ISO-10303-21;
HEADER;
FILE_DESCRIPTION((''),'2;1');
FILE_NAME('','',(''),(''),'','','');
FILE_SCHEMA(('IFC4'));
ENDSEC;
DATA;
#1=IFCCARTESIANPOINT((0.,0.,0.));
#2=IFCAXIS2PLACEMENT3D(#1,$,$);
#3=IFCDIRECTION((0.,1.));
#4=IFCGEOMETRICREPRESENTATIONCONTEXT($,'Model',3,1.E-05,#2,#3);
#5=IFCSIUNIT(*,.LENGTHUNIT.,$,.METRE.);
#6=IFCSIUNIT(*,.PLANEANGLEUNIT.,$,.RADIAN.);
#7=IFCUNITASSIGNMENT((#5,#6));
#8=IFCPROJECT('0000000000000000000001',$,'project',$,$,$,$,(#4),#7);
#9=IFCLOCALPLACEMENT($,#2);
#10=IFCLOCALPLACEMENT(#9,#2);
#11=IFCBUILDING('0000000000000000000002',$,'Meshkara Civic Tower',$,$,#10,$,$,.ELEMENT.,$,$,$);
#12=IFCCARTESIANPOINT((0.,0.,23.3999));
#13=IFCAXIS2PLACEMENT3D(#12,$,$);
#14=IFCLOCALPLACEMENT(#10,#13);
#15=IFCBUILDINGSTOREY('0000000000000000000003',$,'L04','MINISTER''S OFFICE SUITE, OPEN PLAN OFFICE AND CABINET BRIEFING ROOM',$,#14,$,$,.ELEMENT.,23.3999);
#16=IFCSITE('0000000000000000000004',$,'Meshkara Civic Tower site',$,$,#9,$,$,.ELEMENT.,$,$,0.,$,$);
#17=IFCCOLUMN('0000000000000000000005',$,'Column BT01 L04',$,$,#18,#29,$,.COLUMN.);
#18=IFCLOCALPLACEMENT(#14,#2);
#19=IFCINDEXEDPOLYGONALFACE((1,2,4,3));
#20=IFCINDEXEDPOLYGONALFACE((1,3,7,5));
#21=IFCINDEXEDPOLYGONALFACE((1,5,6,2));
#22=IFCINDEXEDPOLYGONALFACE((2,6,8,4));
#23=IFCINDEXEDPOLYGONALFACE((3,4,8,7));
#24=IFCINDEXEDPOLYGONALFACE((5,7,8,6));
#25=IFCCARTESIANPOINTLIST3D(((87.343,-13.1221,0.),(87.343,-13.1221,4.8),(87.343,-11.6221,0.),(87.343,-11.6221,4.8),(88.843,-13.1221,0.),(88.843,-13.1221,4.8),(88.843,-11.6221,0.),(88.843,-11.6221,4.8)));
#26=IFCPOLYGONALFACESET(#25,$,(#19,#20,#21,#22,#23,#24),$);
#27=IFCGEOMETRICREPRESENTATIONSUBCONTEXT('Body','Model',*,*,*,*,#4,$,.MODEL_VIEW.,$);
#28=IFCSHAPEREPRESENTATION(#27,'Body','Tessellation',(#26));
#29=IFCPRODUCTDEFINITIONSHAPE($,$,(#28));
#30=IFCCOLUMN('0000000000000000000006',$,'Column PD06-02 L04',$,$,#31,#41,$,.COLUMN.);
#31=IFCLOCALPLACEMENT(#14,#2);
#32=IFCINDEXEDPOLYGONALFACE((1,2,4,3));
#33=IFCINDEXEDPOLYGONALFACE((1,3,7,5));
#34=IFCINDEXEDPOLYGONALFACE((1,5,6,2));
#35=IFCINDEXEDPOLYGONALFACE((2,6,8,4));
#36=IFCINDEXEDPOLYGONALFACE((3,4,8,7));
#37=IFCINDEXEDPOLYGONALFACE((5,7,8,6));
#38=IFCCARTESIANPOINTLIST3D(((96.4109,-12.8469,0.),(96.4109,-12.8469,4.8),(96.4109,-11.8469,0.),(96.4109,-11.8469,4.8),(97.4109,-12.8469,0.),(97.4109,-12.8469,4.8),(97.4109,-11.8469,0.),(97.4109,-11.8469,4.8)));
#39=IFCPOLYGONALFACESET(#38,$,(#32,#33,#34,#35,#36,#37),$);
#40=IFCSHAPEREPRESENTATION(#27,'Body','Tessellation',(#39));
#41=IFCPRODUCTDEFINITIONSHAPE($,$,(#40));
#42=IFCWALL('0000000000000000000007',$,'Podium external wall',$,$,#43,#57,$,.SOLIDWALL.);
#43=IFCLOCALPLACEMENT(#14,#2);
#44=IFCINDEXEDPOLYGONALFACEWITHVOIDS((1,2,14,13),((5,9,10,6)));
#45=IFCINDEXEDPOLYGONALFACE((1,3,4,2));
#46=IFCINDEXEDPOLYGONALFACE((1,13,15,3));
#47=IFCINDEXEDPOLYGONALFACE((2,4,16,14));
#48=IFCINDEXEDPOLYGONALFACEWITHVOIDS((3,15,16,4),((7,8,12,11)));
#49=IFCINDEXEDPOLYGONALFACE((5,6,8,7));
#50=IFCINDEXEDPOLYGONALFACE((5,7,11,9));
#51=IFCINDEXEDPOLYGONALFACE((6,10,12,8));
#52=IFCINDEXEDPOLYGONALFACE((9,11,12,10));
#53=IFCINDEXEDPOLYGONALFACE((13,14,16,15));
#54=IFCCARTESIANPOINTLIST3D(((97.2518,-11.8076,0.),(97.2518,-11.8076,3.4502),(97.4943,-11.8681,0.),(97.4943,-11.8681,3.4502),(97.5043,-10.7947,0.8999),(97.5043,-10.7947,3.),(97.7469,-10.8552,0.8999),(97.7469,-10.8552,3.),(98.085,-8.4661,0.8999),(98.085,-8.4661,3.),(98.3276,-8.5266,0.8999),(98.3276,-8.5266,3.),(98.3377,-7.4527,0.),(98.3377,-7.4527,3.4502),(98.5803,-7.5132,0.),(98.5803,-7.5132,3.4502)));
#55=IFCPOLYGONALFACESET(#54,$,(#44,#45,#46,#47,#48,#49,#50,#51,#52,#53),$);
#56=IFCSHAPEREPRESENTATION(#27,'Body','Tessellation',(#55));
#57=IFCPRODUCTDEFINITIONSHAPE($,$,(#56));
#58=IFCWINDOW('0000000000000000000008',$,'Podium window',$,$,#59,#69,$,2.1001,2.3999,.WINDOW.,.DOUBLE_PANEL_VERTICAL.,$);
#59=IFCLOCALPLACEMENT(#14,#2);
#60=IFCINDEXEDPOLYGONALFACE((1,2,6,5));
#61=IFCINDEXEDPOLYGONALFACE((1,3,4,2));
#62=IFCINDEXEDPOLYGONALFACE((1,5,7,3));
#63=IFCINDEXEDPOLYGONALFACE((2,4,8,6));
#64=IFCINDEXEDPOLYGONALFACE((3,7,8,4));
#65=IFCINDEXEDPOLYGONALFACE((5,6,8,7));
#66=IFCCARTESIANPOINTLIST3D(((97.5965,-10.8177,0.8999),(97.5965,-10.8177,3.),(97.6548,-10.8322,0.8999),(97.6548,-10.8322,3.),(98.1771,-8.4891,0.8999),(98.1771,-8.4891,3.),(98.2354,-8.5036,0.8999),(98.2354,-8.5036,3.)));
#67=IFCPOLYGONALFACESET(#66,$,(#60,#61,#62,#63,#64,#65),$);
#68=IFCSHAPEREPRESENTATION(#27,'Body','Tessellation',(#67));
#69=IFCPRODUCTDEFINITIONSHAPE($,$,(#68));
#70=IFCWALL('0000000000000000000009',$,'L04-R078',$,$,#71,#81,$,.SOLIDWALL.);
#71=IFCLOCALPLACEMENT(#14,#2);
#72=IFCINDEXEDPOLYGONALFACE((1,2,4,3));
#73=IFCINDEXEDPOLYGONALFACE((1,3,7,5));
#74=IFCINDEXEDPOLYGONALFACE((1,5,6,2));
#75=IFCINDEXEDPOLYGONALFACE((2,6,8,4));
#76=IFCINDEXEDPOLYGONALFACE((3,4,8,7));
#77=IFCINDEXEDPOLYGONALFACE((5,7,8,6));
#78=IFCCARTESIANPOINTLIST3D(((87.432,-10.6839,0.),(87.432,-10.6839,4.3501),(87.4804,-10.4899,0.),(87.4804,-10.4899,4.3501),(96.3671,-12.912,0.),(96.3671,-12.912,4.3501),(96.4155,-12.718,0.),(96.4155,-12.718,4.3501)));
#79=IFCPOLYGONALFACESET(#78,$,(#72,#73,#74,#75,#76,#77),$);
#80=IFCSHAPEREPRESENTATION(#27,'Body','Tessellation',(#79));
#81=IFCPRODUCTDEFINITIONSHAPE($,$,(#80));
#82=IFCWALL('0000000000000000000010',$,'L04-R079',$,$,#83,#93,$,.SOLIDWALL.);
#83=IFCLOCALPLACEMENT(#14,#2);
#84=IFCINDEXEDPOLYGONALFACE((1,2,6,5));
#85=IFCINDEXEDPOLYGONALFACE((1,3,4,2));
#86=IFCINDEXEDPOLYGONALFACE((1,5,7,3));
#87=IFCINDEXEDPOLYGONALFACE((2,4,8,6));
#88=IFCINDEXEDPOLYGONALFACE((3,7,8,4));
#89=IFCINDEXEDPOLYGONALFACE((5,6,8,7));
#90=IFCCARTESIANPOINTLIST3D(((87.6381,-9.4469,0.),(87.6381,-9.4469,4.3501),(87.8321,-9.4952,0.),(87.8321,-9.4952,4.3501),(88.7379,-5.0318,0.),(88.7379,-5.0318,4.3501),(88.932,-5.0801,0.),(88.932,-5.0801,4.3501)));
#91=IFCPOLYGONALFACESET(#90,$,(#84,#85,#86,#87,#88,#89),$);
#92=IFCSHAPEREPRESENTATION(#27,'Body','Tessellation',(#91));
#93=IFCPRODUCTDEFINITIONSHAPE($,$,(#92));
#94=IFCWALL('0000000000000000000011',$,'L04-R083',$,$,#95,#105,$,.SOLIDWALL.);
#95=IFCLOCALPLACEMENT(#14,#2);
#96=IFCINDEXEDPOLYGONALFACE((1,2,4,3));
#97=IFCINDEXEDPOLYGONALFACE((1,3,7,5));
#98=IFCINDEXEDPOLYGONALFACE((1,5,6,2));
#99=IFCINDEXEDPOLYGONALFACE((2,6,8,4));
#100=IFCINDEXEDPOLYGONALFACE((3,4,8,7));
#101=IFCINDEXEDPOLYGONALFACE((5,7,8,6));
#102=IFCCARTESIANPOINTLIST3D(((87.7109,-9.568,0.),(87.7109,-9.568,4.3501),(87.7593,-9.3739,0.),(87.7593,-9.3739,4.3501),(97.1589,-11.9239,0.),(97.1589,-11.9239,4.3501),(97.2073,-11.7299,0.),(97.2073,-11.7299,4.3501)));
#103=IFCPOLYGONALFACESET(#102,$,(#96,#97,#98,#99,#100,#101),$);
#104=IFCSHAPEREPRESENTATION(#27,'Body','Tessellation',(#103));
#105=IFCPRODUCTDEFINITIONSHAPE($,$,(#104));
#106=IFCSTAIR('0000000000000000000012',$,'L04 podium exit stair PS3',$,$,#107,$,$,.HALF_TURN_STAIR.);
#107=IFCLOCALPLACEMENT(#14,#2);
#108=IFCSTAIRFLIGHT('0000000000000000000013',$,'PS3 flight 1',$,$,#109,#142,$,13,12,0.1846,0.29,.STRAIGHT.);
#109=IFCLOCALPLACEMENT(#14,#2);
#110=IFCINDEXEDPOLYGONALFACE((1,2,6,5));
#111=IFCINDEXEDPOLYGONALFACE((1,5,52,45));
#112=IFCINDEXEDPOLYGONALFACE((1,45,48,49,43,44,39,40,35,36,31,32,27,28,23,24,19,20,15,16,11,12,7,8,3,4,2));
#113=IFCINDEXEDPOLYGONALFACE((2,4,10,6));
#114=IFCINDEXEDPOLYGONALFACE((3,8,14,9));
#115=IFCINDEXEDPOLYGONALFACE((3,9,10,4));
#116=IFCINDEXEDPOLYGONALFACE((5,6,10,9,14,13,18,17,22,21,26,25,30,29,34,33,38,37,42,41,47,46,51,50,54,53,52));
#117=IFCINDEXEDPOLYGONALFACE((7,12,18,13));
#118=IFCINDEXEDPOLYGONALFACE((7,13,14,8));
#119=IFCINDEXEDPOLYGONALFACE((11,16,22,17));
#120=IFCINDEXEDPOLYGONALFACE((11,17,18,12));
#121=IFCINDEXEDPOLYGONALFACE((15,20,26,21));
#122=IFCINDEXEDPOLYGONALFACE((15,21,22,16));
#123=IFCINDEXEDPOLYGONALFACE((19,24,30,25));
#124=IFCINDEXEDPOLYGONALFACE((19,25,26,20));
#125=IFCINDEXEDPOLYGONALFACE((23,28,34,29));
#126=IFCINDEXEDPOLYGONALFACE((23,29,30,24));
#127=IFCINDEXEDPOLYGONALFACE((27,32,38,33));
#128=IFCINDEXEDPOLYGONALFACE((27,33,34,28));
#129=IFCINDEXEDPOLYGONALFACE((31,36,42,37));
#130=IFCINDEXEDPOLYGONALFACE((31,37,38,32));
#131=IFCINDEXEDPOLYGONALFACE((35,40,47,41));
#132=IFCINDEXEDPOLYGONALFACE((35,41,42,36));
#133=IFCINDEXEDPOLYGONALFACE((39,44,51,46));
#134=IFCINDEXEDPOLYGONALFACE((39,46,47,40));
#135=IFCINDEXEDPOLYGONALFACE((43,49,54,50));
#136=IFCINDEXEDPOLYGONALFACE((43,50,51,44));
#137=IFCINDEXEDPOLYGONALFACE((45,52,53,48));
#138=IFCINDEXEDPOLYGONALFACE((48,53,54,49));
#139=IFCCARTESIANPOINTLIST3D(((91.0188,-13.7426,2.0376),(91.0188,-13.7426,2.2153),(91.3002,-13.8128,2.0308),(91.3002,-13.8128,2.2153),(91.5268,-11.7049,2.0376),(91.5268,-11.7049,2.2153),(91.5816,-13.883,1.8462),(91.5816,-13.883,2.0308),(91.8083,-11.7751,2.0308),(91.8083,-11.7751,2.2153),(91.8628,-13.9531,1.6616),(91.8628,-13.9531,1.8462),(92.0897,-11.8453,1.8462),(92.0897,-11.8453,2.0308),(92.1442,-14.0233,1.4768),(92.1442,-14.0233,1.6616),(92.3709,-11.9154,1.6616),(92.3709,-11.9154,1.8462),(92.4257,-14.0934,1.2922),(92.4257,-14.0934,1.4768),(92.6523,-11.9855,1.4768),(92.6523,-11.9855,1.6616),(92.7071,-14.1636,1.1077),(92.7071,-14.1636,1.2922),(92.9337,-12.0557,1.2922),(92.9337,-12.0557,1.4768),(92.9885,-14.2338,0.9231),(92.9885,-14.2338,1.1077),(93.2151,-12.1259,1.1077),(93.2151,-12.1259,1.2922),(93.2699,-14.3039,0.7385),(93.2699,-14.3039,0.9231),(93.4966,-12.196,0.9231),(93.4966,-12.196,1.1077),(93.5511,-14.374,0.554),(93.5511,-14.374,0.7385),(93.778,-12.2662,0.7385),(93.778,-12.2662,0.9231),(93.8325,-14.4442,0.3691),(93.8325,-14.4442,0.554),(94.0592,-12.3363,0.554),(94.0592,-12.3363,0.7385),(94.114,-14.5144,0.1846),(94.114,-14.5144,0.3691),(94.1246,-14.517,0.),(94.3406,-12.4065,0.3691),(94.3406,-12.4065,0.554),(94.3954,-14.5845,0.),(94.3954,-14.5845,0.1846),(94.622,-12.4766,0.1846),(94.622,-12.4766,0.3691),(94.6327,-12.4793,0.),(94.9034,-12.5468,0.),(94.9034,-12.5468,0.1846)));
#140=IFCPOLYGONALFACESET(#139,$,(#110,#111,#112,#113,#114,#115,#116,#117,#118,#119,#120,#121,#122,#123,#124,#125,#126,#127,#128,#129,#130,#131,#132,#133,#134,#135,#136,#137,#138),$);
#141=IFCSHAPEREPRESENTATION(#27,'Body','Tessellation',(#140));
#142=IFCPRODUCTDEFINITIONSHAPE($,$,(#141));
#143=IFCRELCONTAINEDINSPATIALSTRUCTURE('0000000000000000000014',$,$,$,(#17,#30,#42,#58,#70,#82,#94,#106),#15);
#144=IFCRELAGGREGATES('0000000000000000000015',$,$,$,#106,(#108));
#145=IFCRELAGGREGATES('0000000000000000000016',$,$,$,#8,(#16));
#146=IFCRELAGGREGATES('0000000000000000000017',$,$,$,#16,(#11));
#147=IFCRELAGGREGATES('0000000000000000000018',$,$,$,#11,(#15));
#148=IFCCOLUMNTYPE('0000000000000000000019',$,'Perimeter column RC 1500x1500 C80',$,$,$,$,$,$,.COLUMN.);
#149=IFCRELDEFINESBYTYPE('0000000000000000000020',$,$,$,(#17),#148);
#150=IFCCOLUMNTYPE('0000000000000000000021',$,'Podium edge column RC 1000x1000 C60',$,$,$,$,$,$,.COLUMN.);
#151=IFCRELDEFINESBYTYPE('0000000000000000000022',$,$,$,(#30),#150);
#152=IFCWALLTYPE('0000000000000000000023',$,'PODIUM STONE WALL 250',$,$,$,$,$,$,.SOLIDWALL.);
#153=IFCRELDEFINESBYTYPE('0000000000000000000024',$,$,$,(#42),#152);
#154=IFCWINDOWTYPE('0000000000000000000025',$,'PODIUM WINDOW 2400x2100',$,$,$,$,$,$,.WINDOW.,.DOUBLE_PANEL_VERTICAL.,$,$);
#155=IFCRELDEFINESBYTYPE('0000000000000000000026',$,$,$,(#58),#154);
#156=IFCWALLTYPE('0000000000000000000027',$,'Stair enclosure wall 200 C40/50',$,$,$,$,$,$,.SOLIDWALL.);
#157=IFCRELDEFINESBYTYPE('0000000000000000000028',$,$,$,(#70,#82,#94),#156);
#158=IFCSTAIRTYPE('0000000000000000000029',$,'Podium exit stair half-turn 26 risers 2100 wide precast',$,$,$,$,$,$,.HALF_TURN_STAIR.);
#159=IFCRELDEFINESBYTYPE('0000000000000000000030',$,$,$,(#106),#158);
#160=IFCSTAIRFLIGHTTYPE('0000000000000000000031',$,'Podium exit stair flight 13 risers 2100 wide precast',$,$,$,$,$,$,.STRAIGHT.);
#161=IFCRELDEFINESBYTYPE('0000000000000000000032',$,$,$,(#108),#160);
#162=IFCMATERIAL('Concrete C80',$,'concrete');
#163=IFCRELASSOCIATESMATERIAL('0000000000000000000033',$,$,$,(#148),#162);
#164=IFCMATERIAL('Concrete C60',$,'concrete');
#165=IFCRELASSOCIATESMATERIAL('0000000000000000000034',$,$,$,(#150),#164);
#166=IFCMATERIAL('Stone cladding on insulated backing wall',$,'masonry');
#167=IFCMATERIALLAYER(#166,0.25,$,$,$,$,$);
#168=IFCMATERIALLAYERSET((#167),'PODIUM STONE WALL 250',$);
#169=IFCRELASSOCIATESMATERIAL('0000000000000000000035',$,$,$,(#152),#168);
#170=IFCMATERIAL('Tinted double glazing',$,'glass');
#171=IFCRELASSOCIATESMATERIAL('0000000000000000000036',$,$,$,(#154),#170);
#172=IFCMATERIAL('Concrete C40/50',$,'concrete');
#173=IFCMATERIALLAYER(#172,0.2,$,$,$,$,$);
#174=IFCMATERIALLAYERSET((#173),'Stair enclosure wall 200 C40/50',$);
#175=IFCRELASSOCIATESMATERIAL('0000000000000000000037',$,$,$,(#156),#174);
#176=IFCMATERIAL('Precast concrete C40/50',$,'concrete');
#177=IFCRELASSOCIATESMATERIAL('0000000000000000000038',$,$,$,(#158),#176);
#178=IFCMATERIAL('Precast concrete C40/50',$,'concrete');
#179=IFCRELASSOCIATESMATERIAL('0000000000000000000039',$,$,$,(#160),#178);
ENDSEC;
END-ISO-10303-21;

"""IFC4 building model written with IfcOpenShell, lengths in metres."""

from ifc_helpers import new_model, si_unit, direction, frame, frame_2d, origin, origin_2d, place, context, subcontext, project, spatial, polyline, rectangle, outline, extrude, material, layer, layer_set, material_profile, profile_set, type_object, element, fill, aggregate, save


model = new_model("IFC4")

# Units and contexts
model_context = context("Model", 3, precision=1e-05, world=origin(), true_north=direction((0.0, 1.0)))
body_context = subcontext(model_context, "Body", "Model", "MODEL_VIEW")
ifc_project = project(units=[si_unit("LENGTHUNIT", "METRE"), si_unit("PLANEANGLEUNIT", "RADIAN")], contexts=[model_context])

# Site, building, storey
site_placement = place(None, origin())
site = spatial("IfcSite", under=ifc_project, at=site_placement, Name="Meshkara Civic Tower site", CompositionType="ELEMENT", RefElevation=0.0)
building_placement = place(site_placement, origin())
building = spatial("IfcBuilding", under=site, at=building_placement, Name="Meshkara Civic Tower", CompositionType="ELEMENT")
storey_placement = place(building_placement, frame((0.0, 0.0, 23.3999)))
storey = spatial("IfcBuildingStorey", under=building, at=storey_placement, Name="L04", Description="MINISTER'S OFFICE SUITE, OPEN PLAN OFFICE AND CABINET BRIEFING ROOM", CompositionType="ELEMENT", Elevation=23.3999)

# Columns
ifc_material_1 = material(Name="Concrete C80", Category="concrete")
ifc_material_profile_1 = material_profile(ifc_material_1, rectangle(XDim=1.5, YDim=1.5, at=origin_2d()))
ifc_profile_set_1 = profile_set([ifc_material_profile_1], Name="Concrete C80")
column_type_1 = type_object("IfcColumnType", Name="Perimeter column RC 1500x1500 C80", PredefinedType="COLUMN", material=ifc_profile_set_1)
column_1_placement = place(storey_placement, frame((88.093, -12.3721, 0.0), z_axis=(0.0, 0.0, 1.0), x_axis=(1.0, 0.0, 0.0)))
element("IfcColumn", 1, at=column_1_placement, inside=storey, type_object=column_type_1, Name="Column BT01 L04", PredefinedType="COLUMN", context=body_context, shape_type="SweptSolid", body=[
    extrude(rectangle(XDim=1.5, YDim=1.5, at=origin_2d()), origin(), (0.0, 0.0, 1.0), 4.8),
])
ifc_material_2 = material(Name="Concrete C60", Category="concrete")
ifc_material_profile_2 = material_profile(ifc_material_2, rectangle(XDim=1.0, YDim=1.0, at=origin_2d()))
ifc_profile_set_2 = profile_set([ifc_material_profile_2], Name="Concrete C60")
column_type_2 = type_object("IfcColumnType", Name="Podium edge column RC 1000x1000 C60", PredefinedType="COLUMN", material=ifc_profile_set_2)
column_2_placement = place(storey_placement, frame((96.9109, -12.3469, 0.0), z_axis=(0.0, 0.0, 1.0), x_axis=(1.0, 0.0, 0.0)))
element("IfcColumn", 2, at=column_2_placement, inside=storey, type_object=column_type_2, Name="Column PD06-02 L04", PredefinedType="COLUMN", context=body_context, shape_type="SweptSolid", body=[
    extrude(rectangle(XDim=1.0, YDim=1.0, at=origin_2d()), origin(), (0.0, 0.0, 1.0), 4.8),
])

# Wall, opening, window
ifc_material_3 = material(Name="Stone cladding on insulated backing wall", Category="masonry")
ifc_layer_1 = layer(ifc_material_3, 0.25)
ifc_layer_set_1 = layer_set([ifc_layer_1], Name="PODIUM STONE WALL 250")
wall_type_1 = type_object("IfcWallType", Name="PODIUM STONE WALL 250", PredefinedType="SOLIDWALL", material=ifc_layer_set_1)
wall_1_placement = place(storey_placement, frame((97.373, -11.8379, 0.0), z_axis=(0.0, 0.0, 1.0), x_axis=(0.241947, 0.97029, 0.0)))
wall_1 = element("IfcWall", 3, at=wall_1_placement, inside=storey, type_object=wall_type_1, Name="Podium external wall", PredefinedType="SOLIDWALL", context=body_context, shape_type="SweptSolid", body=[
    extrude(rectangle(XDim=4.4883, YDim=0.25, at=frame_2d((2.2441, 0.0))), origin(), (0.0, 0.0, 1.0), 3.4502),
])
opening_placement = place(wall_1_placement, frame((1.0439, 0.0, 0.8999)))
opening = element("IfcOpeningElement", 4, at=opening_placement, cuts=wall_1, PredefinedType="OPENING", context=body_context, shape_type="SweptSolid", body=[
    extrude(rectangle(XDim=2.3999, YDim=2.1001, at=frame_2d((1.2, 1.05))), frame((0.0, 0.135, 0.0), z_axis=(0.0, -1.0, 0.0), x_axis=(1.0, 0.0, 0.0)), (0.0, 0.0, 1.0), 0.27),
])
ifc_material_4 = material(Name="Tinted double glazing", Category="glass")
window_type = type_object("IfcWindowType", Name="PODIUM WINDOW 2400x2100", PartitioningType="DOUBLE_PANEL_VERTICAL", PredefinedType="WINDOW", material=ifc_material_4)
window_placement = place(opening_placement, origin())
window = element("IfcWindow", 5, at=window_placement, inside=storey, type_object=window_type, Name="Podium window", OverallHeight=2.1001, OverallWidth=2.3999, PartitioningType="DOUBLE_PANEL_VERTICAL", PredefinedType="WINDOW", context=body_context, shape_type="SweptSolid", body=[
    extrude(rectangle(XDim=2.3999, YDim=2.1001, at=frame_2d((1.2, 1.05))), frame((0.0, 0.03, 0.0), z_axis=(0.0, -1.0, 0.0), x_axis=(1.0, 0.0, 0.0)), (0.0, 0.0, 1.0), 0.0601),
])
fill(opening, window)

# Walls
ifc_material_5 = material(Name="Concrete C40/50", Category="concrete")
ifc_layer_2 = layer(ifc_material_5, 0.2)
ifc_layer_set_2 = layer_set([ifc_layer_2], Name="Stair enclosure wall 200 C40/50")
wall_type_2 = type_object("IfcWallType", Name="Stair enclosure wall 200 C40/50", PredefinedType="SOLIDWALL", material=ifc_layer_set_2)
wall_2_placement = place(storey_placement, frame((87.4561, -10.5869, 0.0), z_axis=(0.0, 0.0, 1.0), x_axis=(0.970289, -0.241949, 0.0)))
element("IfcWall", 6, at=wall_2_placement, inside=storey, type_object=wall_type_2, Name="L04-R078", PredefinedType="SOLIDWALL", context=body_context, shape_type="SweptSolid", body=[
    extrude(rectangle(XDim=9.2087, YDim=0.2, at=frame_2d((4.6045, 0.0))), origin(), (0.0, 0.0, 1.0), 4.3501),
])
wall_3_placement = place(storey_placement, frame((87.7351, -9.4709, 0.0), z_axis=(0.0, 0.0, 1.0), x_axis=(0.241728, 0.970344, 0.0)))
element("IfcWall", 7, at=wall_3_placement, inside=storey, type_object=wall_type_2, Name="L04-R079", PredefinedType="SOLIDWALL", context=body_context, shape_type="SweptSolid", body=[
    extrude(rectangle(XDim=4.55, YDim=0.2, at=frame_2d((2.2749, 0.0))), origin(), (0.0, 0.0, 1.0), 4.3501),
])
wall_4_placement = place(storey_placement, frame((97.1831, -11.8269, 0.0), z_axis=(0.0, 0.0, 1.0), x_axis=(-0.970288, 0.241952, 0.0)))
element("IfcWall", 8, at=wall_4_placement, inside=storey, type_object=wall_type_2, Name="L04-R083", PredefinedType="SOLIDWALL", context=body_context, shape_type="SweptSolid", body=[
    extrude(rectangle(XDim=9.7373, YDim=0.2, at=frame_2d((4.8687, 0.0))), origin(), (0.0, 0.0, 1.0), 4.3501),
])

# Stair, stair flight
ifc_material_6 = material(Name="Precast concrete C40/50", Category="concrete")
stair_type = type_object("IfcStairType", Name="Podium exit stair half-turn 26 risers 2100 wide precast", PredefinedType="HALF_TURN_STAIR", material=ifc_material_6)
stair_1_placement = place(storey_placement, origin())
stair_1 = element("IfcStair", 9, at=stair_1_placement, inside=storey, type_object=stair_type, Name="L04 podium exit stair PS3", PredefinedType="HALF_TURN_STAIR")
ifc_material_7 = material(Name="Precast concrete C40/50", Category="concrete")
stair_flight_type = type_object("IfcStairFlightType", Name="Podium exit stair flight 13 risers 2100 wide precast", PredefinedType="STRAIGHT", material=ifc_material_7)
stair_flight_1_placement = place(storey_placement, frame((94.6494, -13.5657, 0.0), z_axis=(0.0, 0.0, 1.0), x_axis=(-0.970296, 0.241922, 0.0)))
stair_flight_1 = element("IfcStairFlight", 10, at=stair_flight_1_placement, type_object=stair_flight_type, Name="PS3 flight 1", NumberOfRisers=13, NumberOfTreads=12, PredefinedType="STRAIGHT", RiserHeight=0.1846, TreadLength=0.29, context=body_context, shape_type="SweptSolid", body=[
    extrude(outline(polyline([(0.0, 0.0), (0.0, 0.1846), (0.29, 0.1846), (0.29, 0.3691), (0.5801, 0.3691), (0.5801, 0.554), (0.8701, 0.554), (0.8701, 0.7385), (1.1599, 0.7385), (1.1599, 0.9231), (1.45, 0.9231), (1.45, 1.1077), (1.74, 1.1077), (1.74, 1.2922), (2.03, 1.2922), (2.03, 1.4768), (2.3201, 1.4768), (2.3201, 1.6616), (2.6101, 1.6616), (2.6101, 1.8462), (2.8999, 1.8462), (2.8999, 2.0308), (3.1899, 2.0308), (3.1899, 2.2153), (3.48, 2.2153), (3.48, 2.3999), (3.48, 2.0376), (0.2791, 0.0), (0.0, 0.0)])), frame((0.0, 1.05, 0.0), z_axis=(0.0, -1.0, 0.0), x_axis=(1.0, 0.0, 0.0)), (0.0, 0.0, 1.0), 2.1001),
])
aggregate(stair_1, [stair_flight_1])

save(model, "model.ifc")
